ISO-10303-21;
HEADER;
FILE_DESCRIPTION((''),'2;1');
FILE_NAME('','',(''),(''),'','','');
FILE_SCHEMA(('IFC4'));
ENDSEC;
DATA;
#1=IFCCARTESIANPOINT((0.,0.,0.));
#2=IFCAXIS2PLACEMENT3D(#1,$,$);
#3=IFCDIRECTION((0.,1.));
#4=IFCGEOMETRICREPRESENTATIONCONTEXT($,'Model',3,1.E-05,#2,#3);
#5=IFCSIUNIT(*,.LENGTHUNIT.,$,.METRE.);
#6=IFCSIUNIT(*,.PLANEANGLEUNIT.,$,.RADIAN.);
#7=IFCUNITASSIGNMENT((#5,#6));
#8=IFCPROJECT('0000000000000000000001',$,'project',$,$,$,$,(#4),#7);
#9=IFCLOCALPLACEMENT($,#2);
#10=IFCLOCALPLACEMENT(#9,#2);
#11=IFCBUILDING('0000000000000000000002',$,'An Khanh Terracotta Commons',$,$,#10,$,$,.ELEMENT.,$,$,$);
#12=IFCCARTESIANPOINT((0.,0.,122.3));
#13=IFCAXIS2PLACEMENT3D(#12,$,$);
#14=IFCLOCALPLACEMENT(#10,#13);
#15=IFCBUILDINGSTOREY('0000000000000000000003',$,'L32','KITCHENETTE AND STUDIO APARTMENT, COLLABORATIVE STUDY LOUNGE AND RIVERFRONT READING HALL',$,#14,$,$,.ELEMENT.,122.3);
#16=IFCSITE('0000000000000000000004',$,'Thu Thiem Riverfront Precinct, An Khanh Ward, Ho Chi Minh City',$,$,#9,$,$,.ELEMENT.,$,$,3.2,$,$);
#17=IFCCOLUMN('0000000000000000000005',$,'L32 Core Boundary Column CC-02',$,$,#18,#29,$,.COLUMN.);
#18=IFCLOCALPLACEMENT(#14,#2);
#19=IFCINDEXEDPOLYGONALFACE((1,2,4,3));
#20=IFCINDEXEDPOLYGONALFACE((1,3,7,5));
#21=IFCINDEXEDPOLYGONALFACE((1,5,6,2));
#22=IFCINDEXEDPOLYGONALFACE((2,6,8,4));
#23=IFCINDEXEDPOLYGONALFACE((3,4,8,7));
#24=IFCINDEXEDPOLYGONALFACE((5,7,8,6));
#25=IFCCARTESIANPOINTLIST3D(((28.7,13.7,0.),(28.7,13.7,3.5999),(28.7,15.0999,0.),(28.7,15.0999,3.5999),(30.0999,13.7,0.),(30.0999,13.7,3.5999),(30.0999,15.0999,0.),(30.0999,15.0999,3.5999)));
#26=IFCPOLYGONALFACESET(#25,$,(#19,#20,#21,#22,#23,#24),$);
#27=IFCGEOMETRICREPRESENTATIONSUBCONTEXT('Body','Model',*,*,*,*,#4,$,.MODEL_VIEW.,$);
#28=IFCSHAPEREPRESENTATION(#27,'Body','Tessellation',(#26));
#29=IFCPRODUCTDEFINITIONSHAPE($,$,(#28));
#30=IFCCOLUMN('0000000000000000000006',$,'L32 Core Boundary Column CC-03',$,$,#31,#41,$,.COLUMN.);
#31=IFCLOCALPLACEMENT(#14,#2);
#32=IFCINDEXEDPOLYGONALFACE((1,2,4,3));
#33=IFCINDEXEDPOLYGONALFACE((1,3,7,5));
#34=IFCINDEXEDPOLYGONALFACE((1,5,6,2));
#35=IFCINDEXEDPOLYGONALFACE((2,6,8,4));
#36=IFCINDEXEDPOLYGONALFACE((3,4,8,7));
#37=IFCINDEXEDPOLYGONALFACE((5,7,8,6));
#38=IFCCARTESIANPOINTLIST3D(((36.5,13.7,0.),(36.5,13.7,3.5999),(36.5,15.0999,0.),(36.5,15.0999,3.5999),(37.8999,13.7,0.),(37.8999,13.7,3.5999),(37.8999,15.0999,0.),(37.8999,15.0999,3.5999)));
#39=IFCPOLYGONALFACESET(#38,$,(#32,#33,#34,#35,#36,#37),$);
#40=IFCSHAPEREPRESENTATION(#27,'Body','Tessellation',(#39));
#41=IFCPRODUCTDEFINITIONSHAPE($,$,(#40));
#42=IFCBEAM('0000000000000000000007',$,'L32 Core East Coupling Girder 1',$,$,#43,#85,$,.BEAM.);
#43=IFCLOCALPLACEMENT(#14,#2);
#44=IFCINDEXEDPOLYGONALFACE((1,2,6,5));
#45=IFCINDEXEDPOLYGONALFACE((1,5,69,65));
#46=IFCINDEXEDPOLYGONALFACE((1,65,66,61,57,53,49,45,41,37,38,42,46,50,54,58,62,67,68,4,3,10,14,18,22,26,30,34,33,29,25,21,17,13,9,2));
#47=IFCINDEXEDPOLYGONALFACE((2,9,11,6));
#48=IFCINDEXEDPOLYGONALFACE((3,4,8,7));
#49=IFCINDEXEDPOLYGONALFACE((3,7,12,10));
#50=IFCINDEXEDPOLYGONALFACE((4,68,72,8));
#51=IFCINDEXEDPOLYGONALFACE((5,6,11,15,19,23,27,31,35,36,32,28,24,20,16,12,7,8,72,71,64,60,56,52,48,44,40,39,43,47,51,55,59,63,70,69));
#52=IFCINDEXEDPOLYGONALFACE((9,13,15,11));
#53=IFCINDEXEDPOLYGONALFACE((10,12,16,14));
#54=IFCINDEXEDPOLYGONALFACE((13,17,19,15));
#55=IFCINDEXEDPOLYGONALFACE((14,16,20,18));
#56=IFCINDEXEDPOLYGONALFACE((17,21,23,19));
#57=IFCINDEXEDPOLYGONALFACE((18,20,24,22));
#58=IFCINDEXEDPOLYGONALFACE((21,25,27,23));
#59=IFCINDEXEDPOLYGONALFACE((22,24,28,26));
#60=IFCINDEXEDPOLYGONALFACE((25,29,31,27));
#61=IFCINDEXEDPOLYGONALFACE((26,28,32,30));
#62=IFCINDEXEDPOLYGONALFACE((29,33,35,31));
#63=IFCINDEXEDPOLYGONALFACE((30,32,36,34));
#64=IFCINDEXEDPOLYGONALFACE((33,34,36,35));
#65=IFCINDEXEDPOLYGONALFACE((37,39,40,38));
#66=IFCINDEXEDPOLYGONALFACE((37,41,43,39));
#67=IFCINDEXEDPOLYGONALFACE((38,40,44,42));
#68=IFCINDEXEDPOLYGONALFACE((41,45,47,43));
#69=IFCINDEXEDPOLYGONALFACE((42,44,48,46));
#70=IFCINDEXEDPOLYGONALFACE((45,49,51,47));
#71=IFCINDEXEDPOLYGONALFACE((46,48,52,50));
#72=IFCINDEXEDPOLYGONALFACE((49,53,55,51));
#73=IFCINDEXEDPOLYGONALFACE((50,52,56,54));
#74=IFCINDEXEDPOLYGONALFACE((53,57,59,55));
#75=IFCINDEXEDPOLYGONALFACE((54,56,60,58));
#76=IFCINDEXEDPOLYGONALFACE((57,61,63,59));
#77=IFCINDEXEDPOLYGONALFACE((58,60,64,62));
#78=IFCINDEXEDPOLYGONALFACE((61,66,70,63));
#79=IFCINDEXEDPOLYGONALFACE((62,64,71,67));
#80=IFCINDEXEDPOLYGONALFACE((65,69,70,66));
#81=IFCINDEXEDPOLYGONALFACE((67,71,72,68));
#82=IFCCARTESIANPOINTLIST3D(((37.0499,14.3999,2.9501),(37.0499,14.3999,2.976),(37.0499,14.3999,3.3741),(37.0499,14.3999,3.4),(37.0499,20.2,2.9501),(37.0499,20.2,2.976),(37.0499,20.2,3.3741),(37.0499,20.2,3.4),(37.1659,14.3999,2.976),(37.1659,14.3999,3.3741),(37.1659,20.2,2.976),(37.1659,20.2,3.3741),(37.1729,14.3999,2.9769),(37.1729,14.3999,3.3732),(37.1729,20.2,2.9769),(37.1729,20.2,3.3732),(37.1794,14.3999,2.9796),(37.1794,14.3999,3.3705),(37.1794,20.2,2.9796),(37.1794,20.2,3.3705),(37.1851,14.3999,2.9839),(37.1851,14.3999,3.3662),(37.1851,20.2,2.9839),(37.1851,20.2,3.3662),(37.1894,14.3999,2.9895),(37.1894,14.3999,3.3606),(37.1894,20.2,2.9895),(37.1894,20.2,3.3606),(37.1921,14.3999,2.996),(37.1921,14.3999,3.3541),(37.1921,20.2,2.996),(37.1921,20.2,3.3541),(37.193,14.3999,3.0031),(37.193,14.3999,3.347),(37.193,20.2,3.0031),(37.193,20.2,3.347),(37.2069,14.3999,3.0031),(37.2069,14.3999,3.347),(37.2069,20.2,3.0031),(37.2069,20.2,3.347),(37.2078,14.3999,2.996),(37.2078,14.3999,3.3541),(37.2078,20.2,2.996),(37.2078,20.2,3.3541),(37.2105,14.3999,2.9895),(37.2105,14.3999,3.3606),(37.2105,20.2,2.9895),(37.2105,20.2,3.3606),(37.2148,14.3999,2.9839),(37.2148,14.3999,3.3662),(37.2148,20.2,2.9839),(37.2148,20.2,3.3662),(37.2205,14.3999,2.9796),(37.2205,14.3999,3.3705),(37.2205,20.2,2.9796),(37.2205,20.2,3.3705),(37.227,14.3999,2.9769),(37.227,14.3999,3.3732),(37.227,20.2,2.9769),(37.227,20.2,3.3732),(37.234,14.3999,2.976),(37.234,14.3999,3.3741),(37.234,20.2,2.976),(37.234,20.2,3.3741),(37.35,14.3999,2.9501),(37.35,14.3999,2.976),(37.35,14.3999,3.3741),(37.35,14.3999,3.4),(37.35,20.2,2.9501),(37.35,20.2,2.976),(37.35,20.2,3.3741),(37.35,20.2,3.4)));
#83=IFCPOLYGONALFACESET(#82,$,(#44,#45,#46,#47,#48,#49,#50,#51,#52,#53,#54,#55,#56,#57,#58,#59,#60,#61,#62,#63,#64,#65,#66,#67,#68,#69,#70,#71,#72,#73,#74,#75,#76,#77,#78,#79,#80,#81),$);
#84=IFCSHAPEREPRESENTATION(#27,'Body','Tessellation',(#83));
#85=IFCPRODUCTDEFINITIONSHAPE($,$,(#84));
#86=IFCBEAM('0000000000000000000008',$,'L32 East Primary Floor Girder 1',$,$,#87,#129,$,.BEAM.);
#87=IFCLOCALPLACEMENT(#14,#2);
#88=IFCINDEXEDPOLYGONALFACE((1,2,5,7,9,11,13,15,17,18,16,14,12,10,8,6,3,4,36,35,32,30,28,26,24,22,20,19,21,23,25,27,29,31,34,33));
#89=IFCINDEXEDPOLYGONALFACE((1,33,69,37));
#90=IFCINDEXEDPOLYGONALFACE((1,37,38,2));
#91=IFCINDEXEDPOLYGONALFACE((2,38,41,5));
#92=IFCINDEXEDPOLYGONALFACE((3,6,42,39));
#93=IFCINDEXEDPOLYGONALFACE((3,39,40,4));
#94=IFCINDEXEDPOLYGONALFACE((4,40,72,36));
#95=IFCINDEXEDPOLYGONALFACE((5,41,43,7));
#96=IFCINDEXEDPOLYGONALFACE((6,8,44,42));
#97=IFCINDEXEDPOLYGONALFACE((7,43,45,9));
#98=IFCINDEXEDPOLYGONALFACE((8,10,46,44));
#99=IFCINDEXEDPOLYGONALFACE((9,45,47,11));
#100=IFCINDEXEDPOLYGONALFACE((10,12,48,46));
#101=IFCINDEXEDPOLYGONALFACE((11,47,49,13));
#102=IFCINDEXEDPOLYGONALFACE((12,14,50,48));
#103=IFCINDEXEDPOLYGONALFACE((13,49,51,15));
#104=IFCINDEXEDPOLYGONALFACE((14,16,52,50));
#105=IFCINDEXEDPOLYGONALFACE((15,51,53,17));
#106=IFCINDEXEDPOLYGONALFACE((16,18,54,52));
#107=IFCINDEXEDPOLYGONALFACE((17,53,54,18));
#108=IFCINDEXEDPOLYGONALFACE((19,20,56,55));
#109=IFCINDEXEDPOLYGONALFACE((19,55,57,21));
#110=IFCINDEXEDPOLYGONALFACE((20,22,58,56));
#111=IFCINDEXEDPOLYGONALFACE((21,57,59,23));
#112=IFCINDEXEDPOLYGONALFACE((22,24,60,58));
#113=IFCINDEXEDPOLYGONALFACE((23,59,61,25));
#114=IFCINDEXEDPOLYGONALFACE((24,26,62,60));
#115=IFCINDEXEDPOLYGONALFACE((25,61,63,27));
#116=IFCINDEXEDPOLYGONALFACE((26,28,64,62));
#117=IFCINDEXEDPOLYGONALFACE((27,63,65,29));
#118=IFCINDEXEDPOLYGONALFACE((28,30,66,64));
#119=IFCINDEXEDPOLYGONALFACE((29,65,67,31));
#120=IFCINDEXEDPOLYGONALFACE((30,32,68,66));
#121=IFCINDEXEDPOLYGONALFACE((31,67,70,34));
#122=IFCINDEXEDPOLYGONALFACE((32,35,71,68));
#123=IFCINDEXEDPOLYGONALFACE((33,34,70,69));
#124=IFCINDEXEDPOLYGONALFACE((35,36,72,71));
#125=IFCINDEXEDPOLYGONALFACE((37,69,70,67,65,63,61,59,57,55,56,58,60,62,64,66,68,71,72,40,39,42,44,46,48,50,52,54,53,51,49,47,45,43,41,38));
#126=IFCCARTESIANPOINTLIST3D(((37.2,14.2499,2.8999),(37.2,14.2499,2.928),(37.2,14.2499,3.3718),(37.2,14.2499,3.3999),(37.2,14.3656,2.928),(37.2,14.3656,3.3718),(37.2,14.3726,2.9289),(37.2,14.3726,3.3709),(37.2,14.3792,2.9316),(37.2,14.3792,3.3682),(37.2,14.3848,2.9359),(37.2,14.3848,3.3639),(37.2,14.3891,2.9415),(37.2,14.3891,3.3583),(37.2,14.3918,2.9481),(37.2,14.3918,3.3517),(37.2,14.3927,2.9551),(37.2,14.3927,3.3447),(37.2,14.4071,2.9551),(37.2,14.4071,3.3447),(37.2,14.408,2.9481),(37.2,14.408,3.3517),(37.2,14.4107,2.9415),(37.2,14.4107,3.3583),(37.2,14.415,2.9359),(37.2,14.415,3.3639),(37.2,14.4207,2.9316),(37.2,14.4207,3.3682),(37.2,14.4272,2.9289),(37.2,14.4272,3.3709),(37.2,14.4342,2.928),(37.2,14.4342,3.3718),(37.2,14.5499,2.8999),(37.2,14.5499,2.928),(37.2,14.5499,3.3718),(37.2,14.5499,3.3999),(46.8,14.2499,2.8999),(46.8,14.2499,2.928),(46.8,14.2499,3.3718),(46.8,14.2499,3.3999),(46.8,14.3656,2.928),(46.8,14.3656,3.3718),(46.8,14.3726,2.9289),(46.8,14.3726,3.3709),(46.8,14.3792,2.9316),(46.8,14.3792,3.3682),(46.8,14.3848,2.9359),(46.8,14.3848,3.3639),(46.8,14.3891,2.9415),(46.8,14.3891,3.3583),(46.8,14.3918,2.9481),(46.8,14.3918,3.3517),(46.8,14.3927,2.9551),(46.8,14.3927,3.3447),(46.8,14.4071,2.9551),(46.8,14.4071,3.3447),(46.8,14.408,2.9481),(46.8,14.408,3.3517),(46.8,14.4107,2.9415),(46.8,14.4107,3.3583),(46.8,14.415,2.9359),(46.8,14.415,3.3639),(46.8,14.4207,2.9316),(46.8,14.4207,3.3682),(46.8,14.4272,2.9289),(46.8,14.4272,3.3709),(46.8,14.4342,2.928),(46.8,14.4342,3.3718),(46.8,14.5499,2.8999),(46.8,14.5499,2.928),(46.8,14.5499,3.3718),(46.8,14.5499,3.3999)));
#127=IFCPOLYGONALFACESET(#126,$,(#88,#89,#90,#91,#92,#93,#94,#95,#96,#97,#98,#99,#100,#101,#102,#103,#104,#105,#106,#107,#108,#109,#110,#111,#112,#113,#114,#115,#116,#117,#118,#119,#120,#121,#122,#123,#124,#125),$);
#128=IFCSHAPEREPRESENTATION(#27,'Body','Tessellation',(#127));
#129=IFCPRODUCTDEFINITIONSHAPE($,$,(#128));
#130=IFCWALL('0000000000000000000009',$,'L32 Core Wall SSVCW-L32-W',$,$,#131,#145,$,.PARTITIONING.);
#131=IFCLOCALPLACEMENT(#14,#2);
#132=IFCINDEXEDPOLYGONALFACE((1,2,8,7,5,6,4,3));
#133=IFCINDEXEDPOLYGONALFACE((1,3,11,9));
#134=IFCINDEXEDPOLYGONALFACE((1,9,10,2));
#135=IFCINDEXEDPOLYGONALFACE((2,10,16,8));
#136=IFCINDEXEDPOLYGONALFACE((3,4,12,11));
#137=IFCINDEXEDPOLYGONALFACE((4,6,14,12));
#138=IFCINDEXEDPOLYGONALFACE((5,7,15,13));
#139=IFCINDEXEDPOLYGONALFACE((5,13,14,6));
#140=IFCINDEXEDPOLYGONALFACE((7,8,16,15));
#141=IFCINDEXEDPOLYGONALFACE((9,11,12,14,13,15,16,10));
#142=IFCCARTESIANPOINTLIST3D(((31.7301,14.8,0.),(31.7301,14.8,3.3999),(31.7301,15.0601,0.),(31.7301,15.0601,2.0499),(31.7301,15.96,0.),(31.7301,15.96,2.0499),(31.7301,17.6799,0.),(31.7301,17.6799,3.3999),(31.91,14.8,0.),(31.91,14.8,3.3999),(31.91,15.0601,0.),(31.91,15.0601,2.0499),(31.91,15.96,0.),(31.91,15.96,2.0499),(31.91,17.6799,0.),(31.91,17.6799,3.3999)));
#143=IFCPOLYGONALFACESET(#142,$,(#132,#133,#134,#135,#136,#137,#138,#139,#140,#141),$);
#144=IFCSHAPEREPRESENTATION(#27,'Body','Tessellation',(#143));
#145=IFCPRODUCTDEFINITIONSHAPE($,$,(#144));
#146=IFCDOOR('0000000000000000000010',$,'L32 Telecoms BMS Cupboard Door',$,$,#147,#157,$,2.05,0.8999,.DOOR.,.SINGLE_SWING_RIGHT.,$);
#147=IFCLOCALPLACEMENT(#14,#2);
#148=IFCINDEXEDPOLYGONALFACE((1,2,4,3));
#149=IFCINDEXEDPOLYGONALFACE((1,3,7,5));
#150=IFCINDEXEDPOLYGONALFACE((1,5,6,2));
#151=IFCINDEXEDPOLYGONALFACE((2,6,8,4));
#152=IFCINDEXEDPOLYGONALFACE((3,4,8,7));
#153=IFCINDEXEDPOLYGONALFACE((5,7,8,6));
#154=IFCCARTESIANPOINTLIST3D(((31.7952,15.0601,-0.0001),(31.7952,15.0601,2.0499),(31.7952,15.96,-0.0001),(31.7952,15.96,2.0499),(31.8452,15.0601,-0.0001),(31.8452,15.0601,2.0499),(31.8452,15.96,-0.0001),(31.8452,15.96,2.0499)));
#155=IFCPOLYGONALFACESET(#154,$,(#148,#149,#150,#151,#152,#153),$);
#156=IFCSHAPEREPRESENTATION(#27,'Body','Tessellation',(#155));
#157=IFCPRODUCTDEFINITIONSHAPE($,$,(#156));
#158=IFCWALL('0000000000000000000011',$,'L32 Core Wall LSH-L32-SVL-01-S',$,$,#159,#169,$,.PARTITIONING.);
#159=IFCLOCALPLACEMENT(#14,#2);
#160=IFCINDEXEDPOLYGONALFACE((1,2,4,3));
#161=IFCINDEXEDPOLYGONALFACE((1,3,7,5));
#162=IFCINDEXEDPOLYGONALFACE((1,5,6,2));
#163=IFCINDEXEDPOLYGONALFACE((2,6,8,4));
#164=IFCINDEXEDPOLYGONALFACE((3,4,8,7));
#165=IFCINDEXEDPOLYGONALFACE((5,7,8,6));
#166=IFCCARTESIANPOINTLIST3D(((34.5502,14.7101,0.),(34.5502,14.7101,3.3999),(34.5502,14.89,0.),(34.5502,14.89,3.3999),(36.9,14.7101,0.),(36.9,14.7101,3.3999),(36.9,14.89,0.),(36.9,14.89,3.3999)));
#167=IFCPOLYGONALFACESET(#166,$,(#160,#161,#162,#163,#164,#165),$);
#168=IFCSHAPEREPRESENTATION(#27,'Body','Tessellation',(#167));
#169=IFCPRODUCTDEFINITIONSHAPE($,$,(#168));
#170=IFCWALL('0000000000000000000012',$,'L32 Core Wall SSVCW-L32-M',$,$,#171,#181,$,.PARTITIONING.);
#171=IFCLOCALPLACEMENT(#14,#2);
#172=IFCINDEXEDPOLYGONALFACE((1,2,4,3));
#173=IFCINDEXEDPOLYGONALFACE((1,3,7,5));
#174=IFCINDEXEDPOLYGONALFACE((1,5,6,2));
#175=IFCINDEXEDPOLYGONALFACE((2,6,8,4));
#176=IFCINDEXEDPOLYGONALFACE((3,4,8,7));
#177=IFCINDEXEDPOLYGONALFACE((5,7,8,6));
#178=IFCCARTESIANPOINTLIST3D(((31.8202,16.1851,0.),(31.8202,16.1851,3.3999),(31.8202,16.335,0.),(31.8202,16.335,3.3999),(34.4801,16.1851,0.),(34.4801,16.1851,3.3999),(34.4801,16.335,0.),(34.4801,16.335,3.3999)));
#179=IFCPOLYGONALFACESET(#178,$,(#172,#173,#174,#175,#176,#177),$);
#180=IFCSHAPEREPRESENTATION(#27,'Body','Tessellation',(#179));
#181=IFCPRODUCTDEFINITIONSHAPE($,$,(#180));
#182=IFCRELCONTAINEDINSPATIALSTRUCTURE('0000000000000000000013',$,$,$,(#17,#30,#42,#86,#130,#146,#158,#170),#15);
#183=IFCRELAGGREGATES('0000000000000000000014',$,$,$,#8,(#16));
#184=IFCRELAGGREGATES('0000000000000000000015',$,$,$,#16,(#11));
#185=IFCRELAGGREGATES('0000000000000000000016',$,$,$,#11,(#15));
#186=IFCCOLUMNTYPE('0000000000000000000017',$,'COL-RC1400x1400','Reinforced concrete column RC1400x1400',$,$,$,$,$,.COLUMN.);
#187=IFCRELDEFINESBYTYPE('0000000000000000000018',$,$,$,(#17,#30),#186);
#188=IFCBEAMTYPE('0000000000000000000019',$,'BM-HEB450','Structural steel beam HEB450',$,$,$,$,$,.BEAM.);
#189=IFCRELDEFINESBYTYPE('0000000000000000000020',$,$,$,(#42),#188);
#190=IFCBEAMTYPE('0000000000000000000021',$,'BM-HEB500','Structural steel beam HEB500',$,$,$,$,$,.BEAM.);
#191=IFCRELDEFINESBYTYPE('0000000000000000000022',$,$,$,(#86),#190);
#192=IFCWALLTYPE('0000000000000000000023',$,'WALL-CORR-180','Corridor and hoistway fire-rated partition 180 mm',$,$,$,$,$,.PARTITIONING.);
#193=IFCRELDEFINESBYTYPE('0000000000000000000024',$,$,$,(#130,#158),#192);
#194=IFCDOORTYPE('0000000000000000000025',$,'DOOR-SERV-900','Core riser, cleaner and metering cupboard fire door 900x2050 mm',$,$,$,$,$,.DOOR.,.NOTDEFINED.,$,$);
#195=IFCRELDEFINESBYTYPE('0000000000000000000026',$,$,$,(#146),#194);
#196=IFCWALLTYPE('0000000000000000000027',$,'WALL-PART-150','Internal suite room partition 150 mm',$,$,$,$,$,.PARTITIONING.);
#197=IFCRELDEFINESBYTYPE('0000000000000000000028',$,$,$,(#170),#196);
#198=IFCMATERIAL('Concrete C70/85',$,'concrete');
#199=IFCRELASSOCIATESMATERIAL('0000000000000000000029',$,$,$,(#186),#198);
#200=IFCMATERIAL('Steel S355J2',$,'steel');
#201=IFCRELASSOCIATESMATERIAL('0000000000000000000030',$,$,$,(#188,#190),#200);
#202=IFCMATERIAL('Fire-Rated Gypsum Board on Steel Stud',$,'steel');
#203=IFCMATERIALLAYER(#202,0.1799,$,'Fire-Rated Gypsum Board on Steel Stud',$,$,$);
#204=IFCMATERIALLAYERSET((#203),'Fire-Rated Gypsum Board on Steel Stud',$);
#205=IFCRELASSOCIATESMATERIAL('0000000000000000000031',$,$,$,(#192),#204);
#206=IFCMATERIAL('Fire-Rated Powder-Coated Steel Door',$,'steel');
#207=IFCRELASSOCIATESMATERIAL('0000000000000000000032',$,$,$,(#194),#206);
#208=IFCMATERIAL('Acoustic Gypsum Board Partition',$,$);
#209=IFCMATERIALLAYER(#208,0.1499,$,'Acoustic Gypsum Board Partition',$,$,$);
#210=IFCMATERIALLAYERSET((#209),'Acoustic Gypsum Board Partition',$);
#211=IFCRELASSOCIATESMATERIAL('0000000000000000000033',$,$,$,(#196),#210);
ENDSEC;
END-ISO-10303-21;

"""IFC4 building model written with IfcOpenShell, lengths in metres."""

from ifc_helpers import new_model, si_unit, direction, frame, frame_2d, origin, origin_2d, place, context, subcontext, project, spatial, rectangle, i_section, extrude, material, layer, layer_set, material_profile, profile_set, type_object, element, fill, save


model = new_model("IFC4")

# Units and contexts
model_context = context("Model", 3, precision=1e-05, world=origin(), true_north=direction((0.0, 1.0)))
body_context = subcontext(model_context, "Body", "Model", "MODEL_VIEW")
ifc_project = project(units=[si_unit("LENGTHUNIT", "METRE"), si_unit("PLANEANGLEUNIT", "RADIAN")], contexts=[model_context])

# Site, building, storey
site_placement = place(None, origin())
site = spatial("IfcSite", under=ifc_project, at=site_placement, Name="Thu Thiem Riverfront Precinct, An Khanh Ward, Ho Chi Minh City", CompositionType="ELEMENT", RefElevation=3.2)
building_placement = place(site_placement, origin())
building = spatial("IfcBuilding", under=site, at=building_placement, Name="An Khanh Terracotta Commons", CompositionType="ELEMENT")
storey_placement = place(building_placement, frame((0.0, 0.0, 122.3)))
storey = spatial("IfcBuildingStorey", under=building, at=storey_placement, Name="L32", Description="KITCHENETTE AND STUDIO APARTMENT, COLLABORATIVE STUDY LOUNGE AND RIVERFRONT READING HALL", CompositionType="ELEMENT", Elevation=122.3)

# Columns
ifc_material_1 = material(Name="Concrete C70/85", Category="concrete")
ifc_material_profile_1 = material_profile(ifc_material_1, rectangle(XDim=1.3999, YDim=1.3999, at=origin_2d()), Name="RC1400x1400")
ifc_profile_set_1 = profile_set([ifc_material_profile_1], Name="Concrete C70/85")
column_type = type_object("IfcColumnType", Name="COL-RC1400x1400", Description="Reinforced concrete column RC1400x1400", PredefinedType="COLUMN", material=ifc_profile_set_1)
for number, where, z_axis, x_axis, name in (
    (1, (29.3999, 14.3999, 0.0), (0.0, 0.0, 1.0), (1.0, 0.0, 0.0), "L32 Core Boundary Column CC-02"),
    (2, (37.2, 14.3999, 0.0), (0.0, 0.0, 1.0), (1.0, 0.0, 0.0), "L32 Core Boundary Column CC-03"),
):
    element("IfcColumn", number, at=place(storey_placement, frame(where, z_axis=z_axis, x_axis=x_axis)), inside=storey, type_object=column_type, Name=name, PredefinedType="COLUMN", context=body_context, shape_type="SweptSolid", body=[
        extrude(rectangle(XDim=1.3999, YDim=1.3999, at=origin_2d()), origin(), (0.0, 0.0, 1.0), 3.5999),
    ])

# Beams
ifc_material_2 = material(Name="Steel S355J2", Category="steel")
ifc_material_profile_2 = material_profile(ifc_material_2, i_section(OverallWidth=0.3, OverallDepth=0.45, WebThickness=0.0139, FlangeThickness=0.0259, FilletRadius=0.0271, at=origin_2d()), Name="HEB450")
ifc_profile_set_2 = profile_set([ifc_material_profile_2], Name="Steel S355J2")
beam_type_1 = type_object("IfcBeamType", Name="BM-HEB450", Description="Structural steel beam HEB450", PredefinedType="BEAM", material=ifc_profile_set_2)
beam_1_placement = place(storey_placement, frame((37.2, 14.3999, 3.175), z_axis=(0.0, 1.0, 0.0), x_axis=(-1.0, 0.0, 0.0)))
element("IfcBeam", 3, at=beam_1_placement, inside=storey, type_object=beam_type_1, Name="L32 Core East Coupling Girder 1", PredefinedType="BEAM", context=body_context, shape_type="SweptSolid", body=[
    extrude(i_section(OverallWidth=0.3, OverallDepth=0.45, WebThickness=0.0139, FlangeThickness=0.0259, FilletRadius=0.0271, at=origin_2d()), origin(), (0.0, 0.0, 1.0), 5.8),
])
ifc_material_profile_3 = material_profile(ifc_material_2, i_section(OverallWidth=0.3, OverallDepth=0.5, WebThickness=0.0144, FlangeThickness=0.0281, FilletRadius=0.0271, at=origin_2d()), Name="HEB500")
ifc_profile_set_3 = profile_set([ifc_material_profile_3], Name="Steel S355J2")
beam_type_2 = type_object("IfcBeamType", Name="BM-HEB500", Description="Structural steel beam HEB500", PredefinedType="BEAM", material=ifc_profile_set_3)
beam_2_placement = place(storey_placement, frame((37.2, 14.3999, 3.1499), z_axis=(1.0, 0.0, 0.0), x_axis=(0.0, 1.0, 0.0)))
element("IfcBeam", 4, at=beam_2_placement, inside=storey, type_object=beam_type_2, Name="L32 East Primary Floor Girder 1", PredefinedType="BEAM", context=body_context, shape_type="SweptSolid", body=[
    extrude(i_section(OverallWidth=0.3, OverallDepth=0.5, WebThickness=0.0144, FlangeThickness=0.0281, FilletRadius=0.0271, at=origin_2d()), origin(), (0.0, 0.0, 1.0), 9.6001),
])

# Wall, opening, door
ifc_material_3 = material(Name="Fire-Rated Gypsum Board on Steel Stud", Category="steel")
ifc_layer_1 = layer(ifc_material_3, 0.1799, Name="Fire-Rated Gypsum Board on Steel Stud")
ifc_layer_set_1 = layer_set([ifc_layer_1], Name="Fire-Rated Gypsum Board on Steel Stud")
wall_type_1 = type_object("IfcWallType", Name="WALL-CORR-180", Description="Corridor and hoistway fire-rated partition 180 mm", PredefinedType="PARTITIONING", material=ifc_layer_set_1)
wall_1_placement = place(storey_placement, frame((31.8201, 14.8, 0.0), z_axis=(0.0, 0.0, 1.0), x_axis=(0.0, 1.0, 0.0)))
wall_1 = element("IfcWall", 5, at=wall_1_placement, inside=storey, type_object=wall_type_1, Name="L32 Core Wall SSVCW-L32-W", PredefinedType="PARTITIONING", context=body_context, shape_type="SweptSolid", body=[
    extrude(rectangle(XDim=2.8799, YDim=0.1799, at=frame_2d((1.4399, 0.0))), origin(), (0.0, 0.0, 1.0), 3.3999),
])
opening_1_placement = place(wall_1_placement, frame((0.26, 0.0, 0.0)))
opening_1 = element("IfcOpeningElement", 6, at=opening_1_placement, cuts=wall_1, PredefinedType="OPENING", context=body_context, shape_type="SweptSolid", body=[
    extrude(rectangle(XDim=0.8999, YDim=2.05, at=frame_2d((0.45, 1.0249))), frame((0.0, 0.0999, 0.0), z_axis=(0.0, -1.0, 0.0), x_axis=(1.0, 0.0, 0.0)), (0.0, 0.0, 1.0), 0.2),
])
ifc_material_4 = material(Name="Fire-Rated Powder-Coated Steel Door", Category="steel")
door_type_1 = type_object("IfcDoorType", Name="DOOR-SERV-900", Description="Core riser, cleaner and metering cupboard fire door 900x2050 mm", OperationType="NOTDEFINED", PredefinedType="DOOR", material=ifc_material_4)
door_1_placement = place(opening_1_placement, origin())
door_1 = element("IfcDoor", 7, at=door_1_placement, inside=storey, type_object=door_type_1, Name="L32 Telecoms BMS Cupboard Door", OperationType="SINGLE_SWING_RIGHT", OverallHeight=2.05, OverallWidth=0.8999, PredefinedType="DOOR", context=body_context, shape_type="SweptSolid", body=[
    extrude(rectangle(XDim=0.8999, YDim=2.05, at=frame_2d((0.45, 1.0249))), frame((0.0, 0.0249, 0.0), z_axis=(0.0, -1.0, 0.0), x_axis=(1.0, 0.0, 0.0)), (0.0, 0.0, 1.0), 0.05),
])
fill(opening_1, door_1)

# Walls
wall_2_placement = place(storey_placement, frame((36.8999, 14.8, 0.0), z_axis=(0.0, 0.0, 1.0), x_axis=(-1.0, 0.0, 0.0)))
element("IfcWall", 8, at=wall_2_placement, inside=storey, type_object=wall_type_1, Name="L32 Core Wall LSH-L32-SVL-01-S", PredefinedType="PARTITIONING", context=body_context, shape_type="SweptSolid", body=[
    extrude(rectangle(XDim=2.3499, YDim=0.1799, at=frame_2d((1.1748, 0.0))), origin(), (0.0, 0.0, 1.0), 3.3999),
])
ifc_material_5 = material(Name="Acoustic Gypsum Board Partition")
ifc_layer_2 = layer(ifc_material_5, 0.1499, Name="Acoustic Gypsum Board Partition")
ifc_layer_set_2 = layer_set([ifc_layer_2], Name="Acoustic Gypsum Board Partition")
wall_type_2 = type_object("IfcWallType", Name="WALL-PART-150", Description="Internal suite room partition 150 mm", PredefinedType="PARTITIONING", material=ifc_layer_set_2)
wall_3_placement = place(storey_placement, frame((31.8201, 16.26, 0.0), z_axis=(0.0, 0.0, 1.0), x_axis=(1.0, 0.0, 0.0)))
element("IfcWall", 9, at=wall_3_placement, inside=storey, type_object=wall_type_2, Name="L32 Core Wall SSVCW-L32-M", PredefinedType="PARTITIONING", context=body_context, shape_type="SweptSolid", body=[
    extrude(rectangle(XDim=2.6599, YDim=0.1499, at=frame_2d((1.3301, 0.0))), origin(), (0.0, 0.0, 1.0), 3.3999),
])

save(model, "model.ifc")
